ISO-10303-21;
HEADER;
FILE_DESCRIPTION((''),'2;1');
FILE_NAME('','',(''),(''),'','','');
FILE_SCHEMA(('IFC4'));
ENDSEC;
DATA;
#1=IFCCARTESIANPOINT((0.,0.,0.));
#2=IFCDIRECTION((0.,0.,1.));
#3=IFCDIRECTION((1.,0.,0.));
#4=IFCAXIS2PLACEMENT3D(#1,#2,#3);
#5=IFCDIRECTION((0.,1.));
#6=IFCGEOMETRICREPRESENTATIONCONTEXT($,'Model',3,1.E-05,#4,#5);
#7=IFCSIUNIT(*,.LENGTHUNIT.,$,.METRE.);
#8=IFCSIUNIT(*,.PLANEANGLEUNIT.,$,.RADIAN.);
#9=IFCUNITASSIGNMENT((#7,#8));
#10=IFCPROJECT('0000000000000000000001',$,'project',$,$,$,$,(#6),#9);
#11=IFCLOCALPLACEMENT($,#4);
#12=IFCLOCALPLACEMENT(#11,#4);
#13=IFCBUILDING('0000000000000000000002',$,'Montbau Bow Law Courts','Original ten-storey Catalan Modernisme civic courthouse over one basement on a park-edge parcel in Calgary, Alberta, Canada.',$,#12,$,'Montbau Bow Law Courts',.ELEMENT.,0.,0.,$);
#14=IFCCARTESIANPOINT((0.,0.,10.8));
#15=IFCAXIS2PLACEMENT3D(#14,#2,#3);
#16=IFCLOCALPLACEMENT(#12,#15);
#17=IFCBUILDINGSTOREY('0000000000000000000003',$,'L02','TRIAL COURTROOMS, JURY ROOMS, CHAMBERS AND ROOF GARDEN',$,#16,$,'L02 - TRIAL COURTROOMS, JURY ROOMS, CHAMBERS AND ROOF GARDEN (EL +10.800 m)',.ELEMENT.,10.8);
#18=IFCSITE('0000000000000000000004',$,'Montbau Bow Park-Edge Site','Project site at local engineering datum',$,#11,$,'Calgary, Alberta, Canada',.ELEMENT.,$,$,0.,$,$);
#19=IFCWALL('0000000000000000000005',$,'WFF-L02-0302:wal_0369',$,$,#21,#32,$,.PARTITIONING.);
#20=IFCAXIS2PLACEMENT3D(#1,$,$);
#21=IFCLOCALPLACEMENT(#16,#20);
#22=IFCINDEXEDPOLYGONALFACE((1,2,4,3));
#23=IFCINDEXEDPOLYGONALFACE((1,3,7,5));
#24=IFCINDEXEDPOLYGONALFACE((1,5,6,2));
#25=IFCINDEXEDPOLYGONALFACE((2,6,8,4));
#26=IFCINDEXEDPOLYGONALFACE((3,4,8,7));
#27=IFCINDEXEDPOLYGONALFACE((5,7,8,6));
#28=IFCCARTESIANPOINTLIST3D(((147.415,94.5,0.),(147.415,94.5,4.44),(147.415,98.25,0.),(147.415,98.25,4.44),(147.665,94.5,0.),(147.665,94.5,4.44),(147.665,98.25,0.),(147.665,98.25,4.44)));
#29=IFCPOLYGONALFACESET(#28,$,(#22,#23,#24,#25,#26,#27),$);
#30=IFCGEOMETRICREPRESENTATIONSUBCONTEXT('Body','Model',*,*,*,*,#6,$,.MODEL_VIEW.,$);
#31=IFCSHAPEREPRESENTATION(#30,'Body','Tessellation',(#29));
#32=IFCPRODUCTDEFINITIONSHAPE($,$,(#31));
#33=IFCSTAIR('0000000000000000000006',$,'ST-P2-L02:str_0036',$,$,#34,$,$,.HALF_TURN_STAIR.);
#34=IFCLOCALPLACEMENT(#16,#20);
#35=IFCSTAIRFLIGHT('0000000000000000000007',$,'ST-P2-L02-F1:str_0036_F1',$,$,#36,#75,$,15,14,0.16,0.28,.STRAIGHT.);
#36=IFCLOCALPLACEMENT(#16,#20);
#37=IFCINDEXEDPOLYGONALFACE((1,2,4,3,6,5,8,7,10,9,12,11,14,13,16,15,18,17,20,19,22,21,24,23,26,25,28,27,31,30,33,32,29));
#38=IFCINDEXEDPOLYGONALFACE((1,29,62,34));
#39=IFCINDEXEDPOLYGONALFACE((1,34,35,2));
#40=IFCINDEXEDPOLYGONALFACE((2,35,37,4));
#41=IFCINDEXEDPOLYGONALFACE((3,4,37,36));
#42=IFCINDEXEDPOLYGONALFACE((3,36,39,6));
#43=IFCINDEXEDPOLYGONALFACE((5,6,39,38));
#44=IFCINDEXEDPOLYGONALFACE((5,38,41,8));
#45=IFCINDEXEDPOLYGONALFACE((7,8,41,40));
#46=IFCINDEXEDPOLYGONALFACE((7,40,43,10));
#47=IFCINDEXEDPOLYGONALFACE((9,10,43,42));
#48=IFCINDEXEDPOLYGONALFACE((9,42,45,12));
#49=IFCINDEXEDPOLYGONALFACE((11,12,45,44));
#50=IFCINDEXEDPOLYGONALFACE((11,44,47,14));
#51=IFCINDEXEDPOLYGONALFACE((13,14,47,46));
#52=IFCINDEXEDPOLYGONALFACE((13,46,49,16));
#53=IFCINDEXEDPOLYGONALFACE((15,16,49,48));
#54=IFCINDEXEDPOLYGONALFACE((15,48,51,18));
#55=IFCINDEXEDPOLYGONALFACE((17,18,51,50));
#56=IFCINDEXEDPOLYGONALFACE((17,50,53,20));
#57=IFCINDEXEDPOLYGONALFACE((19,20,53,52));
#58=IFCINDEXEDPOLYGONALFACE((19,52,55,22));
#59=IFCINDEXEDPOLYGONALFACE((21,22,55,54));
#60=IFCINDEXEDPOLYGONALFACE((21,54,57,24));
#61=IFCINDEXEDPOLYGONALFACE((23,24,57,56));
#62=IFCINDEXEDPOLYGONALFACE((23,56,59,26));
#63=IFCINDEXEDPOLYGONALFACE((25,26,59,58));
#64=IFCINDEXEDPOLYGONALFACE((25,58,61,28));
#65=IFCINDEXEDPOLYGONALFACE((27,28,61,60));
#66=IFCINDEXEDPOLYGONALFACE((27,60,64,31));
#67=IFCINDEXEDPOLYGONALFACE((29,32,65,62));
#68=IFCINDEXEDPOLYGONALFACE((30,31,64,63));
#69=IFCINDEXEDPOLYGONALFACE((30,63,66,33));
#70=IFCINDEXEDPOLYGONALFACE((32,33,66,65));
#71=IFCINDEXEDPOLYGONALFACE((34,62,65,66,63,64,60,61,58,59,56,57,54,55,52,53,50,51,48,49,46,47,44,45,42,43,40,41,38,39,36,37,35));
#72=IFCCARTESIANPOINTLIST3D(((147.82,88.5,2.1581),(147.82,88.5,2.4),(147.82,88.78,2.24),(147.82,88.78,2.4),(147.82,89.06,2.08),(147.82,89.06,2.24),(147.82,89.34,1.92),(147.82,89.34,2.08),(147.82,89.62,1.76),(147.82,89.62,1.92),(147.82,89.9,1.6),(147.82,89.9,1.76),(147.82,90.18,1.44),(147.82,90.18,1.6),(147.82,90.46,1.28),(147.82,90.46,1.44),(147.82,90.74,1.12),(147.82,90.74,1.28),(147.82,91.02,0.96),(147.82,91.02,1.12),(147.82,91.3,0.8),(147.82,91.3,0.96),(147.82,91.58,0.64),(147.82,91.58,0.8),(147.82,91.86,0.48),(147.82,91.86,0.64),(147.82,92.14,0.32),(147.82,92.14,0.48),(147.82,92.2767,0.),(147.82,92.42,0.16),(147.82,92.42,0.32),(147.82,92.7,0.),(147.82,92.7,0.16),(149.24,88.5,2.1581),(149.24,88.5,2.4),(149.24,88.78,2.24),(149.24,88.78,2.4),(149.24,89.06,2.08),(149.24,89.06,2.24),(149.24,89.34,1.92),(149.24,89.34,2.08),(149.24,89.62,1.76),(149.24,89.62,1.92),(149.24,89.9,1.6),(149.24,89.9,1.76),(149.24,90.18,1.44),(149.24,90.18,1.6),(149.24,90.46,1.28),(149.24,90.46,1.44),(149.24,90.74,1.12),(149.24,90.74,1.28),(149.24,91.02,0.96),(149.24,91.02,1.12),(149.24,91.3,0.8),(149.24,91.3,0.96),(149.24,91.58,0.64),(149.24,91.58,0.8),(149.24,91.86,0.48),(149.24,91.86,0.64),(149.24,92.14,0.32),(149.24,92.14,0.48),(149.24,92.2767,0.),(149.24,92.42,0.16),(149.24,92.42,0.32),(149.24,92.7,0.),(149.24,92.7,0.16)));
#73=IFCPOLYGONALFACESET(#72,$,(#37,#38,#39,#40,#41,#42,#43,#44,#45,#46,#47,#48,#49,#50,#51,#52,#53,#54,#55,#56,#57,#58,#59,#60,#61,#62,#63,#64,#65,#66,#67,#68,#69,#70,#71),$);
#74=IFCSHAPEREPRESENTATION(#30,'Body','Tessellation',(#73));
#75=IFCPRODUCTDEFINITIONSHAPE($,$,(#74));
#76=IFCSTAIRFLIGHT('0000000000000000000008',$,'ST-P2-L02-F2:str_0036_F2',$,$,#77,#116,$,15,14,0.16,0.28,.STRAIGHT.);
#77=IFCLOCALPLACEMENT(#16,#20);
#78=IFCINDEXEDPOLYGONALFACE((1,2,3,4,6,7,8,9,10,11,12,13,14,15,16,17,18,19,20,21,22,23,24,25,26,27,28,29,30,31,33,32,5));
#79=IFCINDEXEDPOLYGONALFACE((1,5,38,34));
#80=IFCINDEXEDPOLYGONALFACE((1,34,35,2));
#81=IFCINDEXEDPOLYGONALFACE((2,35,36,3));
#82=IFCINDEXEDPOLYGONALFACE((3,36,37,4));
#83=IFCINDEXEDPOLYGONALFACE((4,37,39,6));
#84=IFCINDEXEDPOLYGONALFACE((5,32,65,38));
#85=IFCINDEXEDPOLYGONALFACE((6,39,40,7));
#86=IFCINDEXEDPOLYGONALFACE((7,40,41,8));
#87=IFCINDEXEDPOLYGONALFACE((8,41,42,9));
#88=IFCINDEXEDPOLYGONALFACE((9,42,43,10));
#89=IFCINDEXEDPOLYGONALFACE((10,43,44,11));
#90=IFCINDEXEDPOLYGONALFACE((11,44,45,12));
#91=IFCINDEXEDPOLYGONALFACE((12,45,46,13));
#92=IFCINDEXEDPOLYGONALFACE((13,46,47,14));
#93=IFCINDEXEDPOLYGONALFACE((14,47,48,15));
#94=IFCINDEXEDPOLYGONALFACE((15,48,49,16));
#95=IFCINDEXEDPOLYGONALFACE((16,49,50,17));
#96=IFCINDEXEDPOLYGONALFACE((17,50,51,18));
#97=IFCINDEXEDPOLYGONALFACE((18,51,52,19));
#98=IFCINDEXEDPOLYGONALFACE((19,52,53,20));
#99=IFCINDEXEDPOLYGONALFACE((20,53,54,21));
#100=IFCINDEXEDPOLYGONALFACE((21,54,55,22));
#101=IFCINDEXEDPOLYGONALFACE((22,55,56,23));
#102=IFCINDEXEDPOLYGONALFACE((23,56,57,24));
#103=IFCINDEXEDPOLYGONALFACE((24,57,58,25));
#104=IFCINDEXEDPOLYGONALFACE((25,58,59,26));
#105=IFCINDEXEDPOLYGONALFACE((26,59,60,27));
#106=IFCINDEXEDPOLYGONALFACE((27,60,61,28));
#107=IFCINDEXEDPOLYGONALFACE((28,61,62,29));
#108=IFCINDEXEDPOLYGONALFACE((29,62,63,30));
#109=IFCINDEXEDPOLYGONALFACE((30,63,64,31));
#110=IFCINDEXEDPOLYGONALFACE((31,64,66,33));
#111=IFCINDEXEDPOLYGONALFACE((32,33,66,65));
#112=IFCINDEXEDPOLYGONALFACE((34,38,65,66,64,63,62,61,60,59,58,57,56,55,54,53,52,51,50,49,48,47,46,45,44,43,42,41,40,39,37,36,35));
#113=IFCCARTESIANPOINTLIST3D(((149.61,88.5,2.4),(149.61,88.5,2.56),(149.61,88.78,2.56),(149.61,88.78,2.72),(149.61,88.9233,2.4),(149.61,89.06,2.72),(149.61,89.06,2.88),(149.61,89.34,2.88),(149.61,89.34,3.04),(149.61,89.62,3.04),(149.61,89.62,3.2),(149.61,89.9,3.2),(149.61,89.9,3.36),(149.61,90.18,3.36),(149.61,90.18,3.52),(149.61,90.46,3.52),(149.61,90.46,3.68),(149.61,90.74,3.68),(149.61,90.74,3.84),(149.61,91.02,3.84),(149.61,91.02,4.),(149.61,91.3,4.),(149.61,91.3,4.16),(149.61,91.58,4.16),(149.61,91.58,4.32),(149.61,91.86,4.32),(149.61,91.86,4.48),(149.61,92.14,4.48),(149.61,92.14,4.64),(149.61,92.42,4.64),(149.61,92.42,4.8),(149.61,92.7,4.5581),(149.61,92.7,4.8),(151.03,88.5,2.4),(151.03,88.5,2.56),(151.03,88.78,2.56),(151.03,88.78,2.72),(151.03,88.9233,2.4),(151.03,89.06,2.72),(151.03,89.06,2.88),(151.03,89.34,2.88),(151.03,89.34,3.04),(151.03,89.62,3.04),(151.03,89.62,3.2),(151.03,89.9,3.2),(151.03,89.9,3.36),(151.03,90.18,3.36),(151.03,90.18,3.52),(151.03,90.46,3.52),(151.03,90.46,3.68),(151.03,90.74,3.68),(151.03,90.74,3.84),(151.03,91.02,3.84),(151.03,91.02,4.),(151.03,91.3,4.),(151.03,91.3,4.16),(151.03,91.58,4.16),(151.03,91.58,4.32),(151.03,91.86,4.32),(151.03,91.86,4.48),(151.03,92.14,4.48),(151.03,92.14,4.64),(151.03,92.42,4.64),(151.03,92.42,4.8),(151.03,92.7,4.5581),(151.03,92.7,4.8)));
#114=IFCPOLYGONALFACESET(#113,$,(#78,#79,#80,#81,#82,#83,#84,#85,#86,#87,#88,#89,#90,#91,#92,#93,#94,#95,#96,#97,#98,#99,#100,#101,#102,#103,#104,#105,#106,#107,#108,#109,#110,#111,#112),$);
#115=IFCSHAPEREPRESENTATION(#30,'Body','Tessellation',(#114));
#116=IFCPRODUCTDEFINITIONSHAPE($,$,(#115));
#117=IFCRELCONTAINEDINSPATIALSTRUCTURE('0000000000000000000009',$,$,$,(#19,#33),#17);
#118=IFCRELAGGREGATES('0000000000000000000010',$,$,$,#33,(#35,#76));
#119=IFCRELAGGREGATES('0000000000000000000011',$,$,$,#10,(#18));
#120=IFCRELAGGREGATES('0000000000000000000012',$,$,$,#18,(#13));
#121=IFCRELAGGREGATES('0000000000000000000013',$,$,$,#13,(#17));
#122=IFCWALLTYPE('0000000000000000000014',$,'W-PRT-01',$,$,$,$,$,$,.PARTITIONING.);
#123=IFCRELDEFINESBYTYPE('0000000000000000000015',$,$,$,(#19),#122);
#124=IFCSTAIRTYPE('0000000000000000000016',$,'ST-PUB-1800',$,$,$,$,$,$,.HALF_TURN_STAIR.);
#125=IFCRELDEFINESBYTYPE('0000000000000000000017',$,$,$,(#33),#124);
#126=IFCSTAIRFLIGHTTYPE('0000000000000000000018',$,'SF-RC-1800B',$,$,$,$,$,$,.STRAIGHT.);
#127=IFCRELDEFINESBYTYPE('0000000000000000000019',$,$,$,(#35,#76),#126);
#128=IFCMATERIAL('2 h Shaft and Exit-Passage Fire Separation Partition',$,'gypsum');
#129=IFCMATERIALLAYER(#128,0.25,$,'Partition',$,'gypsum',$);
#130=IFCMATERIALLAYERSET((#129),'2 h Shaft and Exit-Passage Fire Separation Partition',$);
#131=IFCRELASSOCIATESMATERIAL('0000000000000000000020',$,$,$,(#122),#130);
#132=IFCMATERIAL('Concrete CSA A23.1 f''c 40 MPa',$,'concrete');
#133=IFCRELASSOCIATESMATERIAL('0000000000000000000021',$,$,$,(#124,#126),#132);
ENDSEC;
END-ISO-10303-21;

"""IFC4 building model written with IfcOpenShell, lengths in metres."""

from ifc_helpers import new_model, si_unit, direction, frame, frame_2d, origin_with_axes, place, context, subcontext, project, spatial, polyline, rectangle, outline, extrude, material, layer, layer_set, type_object, element, aggregate, save


model = new_model("IFC4")

# Units and contexts
model_context = context("Model", 3, precision=1e-05, world=origin_with_axes(), true_north=direction((0.0, 1.0)))
body_context = subcontext(model_context, "Body", "Model", "MODEL_VIEW")
ifc_project = project(units=[si_unit("LENGTHUNIT", "METRE"), si_unit("PLANEANGLEUNIT", "RADIAN")], contexts=[model_context])

# Site, building, storey
site_placement = place(None, origin_with_axes())
site = spatial("IfcSite", under=ifc_project, at=site_placement, Name="Montbau Bow Park-Edge Site", Description="Project site at local engineering datum", LongName="Calgary, Alberta, Canada", CompositionType="ELEMENT", RefElevation=0.0)
building_placement = place(site_placement, origin_with_axes())
building = spatial("IfcBuilding", under=site, at=building_placement, Name="Montbau Bow Law Courts", Description="Original ten-storey Catalan Modernisme civic courthouse over one basement on a park-edge parcel in Calgary, Alberta, Canada.", LongName="Montbau Bow Law Courts", CompositionType="ELEMENT", ElevationOfRefHeight=0.0, ElevationOfTerrain=0.0)
storey_placement = place(building_placement, frame((0.0, 0.0, 10.8), z_axis=(0.0, 0.0, 1.0), x_axis=(1.0, 0.0, 0.0)))
storey = spatial("IfcBuildingStorey", under=building, at=storey_placement, Name="L02", Description="TRIAL COURTROOMS, JURY ROOMS, CHAMBERS AND ROOF GARDEN", LongName="L02 - TRIAL COURTROOMS, JURY ROOMS, CHAMBERS AND ROOF GARDEN (EL +10.800 m)", CompositionType="ELEMENT", Elevation=10.8)

# Wall
ifc_material_1 = material(Name="2 h Shaft and Exit-Passage Fire Separation Partition", Category="gypsum")
ifc_layer_1 = layer(ifc_material_1, 0.25, Name="Partition", Category="gypsum")
ifc_layer_set_1 = layer_set([ifc_layer_1], Name="2 h Shaft and Exit-Passage Fire Separation Partition")
wall_type_1 = type_object("IfcWallType", Name="W-PRT-01", PredefinedType="PARTITIONING", material=ifc_layer_set_1)
wall_1_placement = place(None, frame((147.54, 94.5, 10.8), z_axis=(0.0, 0.0, 1.0), x_axis=(0.0, 1.0, 0.0)))
element("IfcWall", 1, at=wall_1_placement, inside=storey, type_object=wall_type_1, Name="WFF-L02-0302:wal_0369", PredefinedType="PARTITIONING", context=body_context, shape_type="SweptSolid", body=[
    extrude(rectangle(XDim=3.75, YDim=0.25, at=frame_2d((1.875, 0.0), x_axis=(1.0, 0.0))), origin_with_axes(), (0.0, 0.0, 1.0), 4.44),
])

# Stair, stair flights
ifc_material_2 = material(Name="Concrete CSA A23.1 f'c 40 MPa", Category="concrete")
stair_type = type_object("IfcStairType", Name="ST-PUB-1800", PredefinedType="HALF_TURN_STAIR", material=ifc_material_2)
stair_placement = place(None, frame((148.53, 92.7, 10.8), z_axis=(0.0, 0.0, 1.0), x_axis=(1.0, 0.0, 0.0)))
stair = element("IfcStair", 2, at=stair_placement, inside=storey, type_object=stair_type, Name="ST-P2-L02:str_0036", PredefinedType="HALF_TURN_STAIR")
stair_flight_type = type_object("IfcStairFlightType", Name="SF-RC-1800B", PredefinedType="STRAIGHT", material=ifc_material_2)
stair_flight_1_placement = place(None, frame((148.53, 92.7, 10.8), z_axis=(0.0, 0.0, 1.0), x_axis=(0.0, -1.0, 0.0)))
stair_flight_1 = element("IfcStairFlight", 3, at=stair_flight_1_placement, type_object=stair_flight_type, Name="ST-P2-L02-F1:str_0036_F1", NumberOfRisers=15, NumberOfTreads=14, PredefinedType="STRAIGHT", RiserHeight=0.16, TreadLength=0.28, context=body_context, shape_type="SweptSolid", body=[
    extrude(outline(polyline([(0.0, 0.0), (0.0, 0.16), (0.28, 0.16), (0.28, 0.32), (0.56, 0.32), (0.56, 0.48), (0.84, 0.48), (0.84, 0.64), (1.12, 0.64), (1.12, 0.8), (1.4, 0.8), (1.4, 0.96), (1.68, 0.96), (1.68, 1.12), (1.96, 1.12), (1.96, 1.28), (2.24, 1.28), (2.24, 1.44), (2.52, 1.44), (2.52, 1.6), (2.8, 1.6), (2.8, 1.76), (3.08, 1.76), (3.08, 1.92), (3.36, 1.92), (3.36, 2.08), (3.64, 2.08), (3.64, 2.24), (3.92, 2.24), (3.92, 2.4), (4.2, 2.4), (4.2, 2.1581), (0.4233, 0.0), (0.0, 0.0)])), frame((0.0, 0.71, 0.0), z_axis=(0.0, -1.0, 0.0), x_axis=(1.0, 0.0, 0.0)), (0.0, 0.0, 1.0), 1.42),
])
stair_flight_2_placement = place(None, frame((150.32, 88.5, 13.2), z_axis=(0.0, 0.0, 1.0), x_axis=(0.0, 1.0, 0.0)))
stair_flight_2 = element("IfcStairFlight", 4, at=stair_flight_2_placement, type_object=stair_flight_type, Name="ST-P2-L02-F2:str_0036_F2", NumberOfRisers=15, NumberOfTreads=14, PredefinedType="STRAIGHT", RiserHeight=0.16, TreadLength=0.28, context=body_context, shape_type="SweptSolid", body=[
    extrude(outline(polyline([(0.0, 0.0), (0.0, 0.16), (0.28, 0.16), (0.28, 0.32), (0.56, 0.32), (0.56, 0.48), (0.84, 0.48), (0.84, 0.64), (1.12, 0.64), (1.12, 0.8), (1.4, 0.8), (1.4, 0.96), (1.68, 0.96), (1.68, 1.12), (1.96, 1.12), (1.96, 1.28), (2.24, 1.28), (2.24, 1.44), (2.52, 1.44), (2.52, 1.6), (2.8, 1.6), (2.8, 1.76), (3.08, 1.76), (3.08, 1.92), (3.36, 1.92), (3.36, 2.08), (3.64, 2.08), (3.64, 2.24), (3.92, 2.24), (3.92, 2.4), (4.2, 2.4), (4.2, 2.1581), (0.4233, 0.0), (0.0, 0.0)])), frame((0.0, 0.71, 0.0), z_axis=(0.0, -1.0, 0.0), x_axis=(1.0, 0.0, 0.0)), (0.0, 0.0, 1.0), 1.42),
])
aggregate(stair, [stair_flight_1, stair_flight_2])

save(model, "model.ifc")
